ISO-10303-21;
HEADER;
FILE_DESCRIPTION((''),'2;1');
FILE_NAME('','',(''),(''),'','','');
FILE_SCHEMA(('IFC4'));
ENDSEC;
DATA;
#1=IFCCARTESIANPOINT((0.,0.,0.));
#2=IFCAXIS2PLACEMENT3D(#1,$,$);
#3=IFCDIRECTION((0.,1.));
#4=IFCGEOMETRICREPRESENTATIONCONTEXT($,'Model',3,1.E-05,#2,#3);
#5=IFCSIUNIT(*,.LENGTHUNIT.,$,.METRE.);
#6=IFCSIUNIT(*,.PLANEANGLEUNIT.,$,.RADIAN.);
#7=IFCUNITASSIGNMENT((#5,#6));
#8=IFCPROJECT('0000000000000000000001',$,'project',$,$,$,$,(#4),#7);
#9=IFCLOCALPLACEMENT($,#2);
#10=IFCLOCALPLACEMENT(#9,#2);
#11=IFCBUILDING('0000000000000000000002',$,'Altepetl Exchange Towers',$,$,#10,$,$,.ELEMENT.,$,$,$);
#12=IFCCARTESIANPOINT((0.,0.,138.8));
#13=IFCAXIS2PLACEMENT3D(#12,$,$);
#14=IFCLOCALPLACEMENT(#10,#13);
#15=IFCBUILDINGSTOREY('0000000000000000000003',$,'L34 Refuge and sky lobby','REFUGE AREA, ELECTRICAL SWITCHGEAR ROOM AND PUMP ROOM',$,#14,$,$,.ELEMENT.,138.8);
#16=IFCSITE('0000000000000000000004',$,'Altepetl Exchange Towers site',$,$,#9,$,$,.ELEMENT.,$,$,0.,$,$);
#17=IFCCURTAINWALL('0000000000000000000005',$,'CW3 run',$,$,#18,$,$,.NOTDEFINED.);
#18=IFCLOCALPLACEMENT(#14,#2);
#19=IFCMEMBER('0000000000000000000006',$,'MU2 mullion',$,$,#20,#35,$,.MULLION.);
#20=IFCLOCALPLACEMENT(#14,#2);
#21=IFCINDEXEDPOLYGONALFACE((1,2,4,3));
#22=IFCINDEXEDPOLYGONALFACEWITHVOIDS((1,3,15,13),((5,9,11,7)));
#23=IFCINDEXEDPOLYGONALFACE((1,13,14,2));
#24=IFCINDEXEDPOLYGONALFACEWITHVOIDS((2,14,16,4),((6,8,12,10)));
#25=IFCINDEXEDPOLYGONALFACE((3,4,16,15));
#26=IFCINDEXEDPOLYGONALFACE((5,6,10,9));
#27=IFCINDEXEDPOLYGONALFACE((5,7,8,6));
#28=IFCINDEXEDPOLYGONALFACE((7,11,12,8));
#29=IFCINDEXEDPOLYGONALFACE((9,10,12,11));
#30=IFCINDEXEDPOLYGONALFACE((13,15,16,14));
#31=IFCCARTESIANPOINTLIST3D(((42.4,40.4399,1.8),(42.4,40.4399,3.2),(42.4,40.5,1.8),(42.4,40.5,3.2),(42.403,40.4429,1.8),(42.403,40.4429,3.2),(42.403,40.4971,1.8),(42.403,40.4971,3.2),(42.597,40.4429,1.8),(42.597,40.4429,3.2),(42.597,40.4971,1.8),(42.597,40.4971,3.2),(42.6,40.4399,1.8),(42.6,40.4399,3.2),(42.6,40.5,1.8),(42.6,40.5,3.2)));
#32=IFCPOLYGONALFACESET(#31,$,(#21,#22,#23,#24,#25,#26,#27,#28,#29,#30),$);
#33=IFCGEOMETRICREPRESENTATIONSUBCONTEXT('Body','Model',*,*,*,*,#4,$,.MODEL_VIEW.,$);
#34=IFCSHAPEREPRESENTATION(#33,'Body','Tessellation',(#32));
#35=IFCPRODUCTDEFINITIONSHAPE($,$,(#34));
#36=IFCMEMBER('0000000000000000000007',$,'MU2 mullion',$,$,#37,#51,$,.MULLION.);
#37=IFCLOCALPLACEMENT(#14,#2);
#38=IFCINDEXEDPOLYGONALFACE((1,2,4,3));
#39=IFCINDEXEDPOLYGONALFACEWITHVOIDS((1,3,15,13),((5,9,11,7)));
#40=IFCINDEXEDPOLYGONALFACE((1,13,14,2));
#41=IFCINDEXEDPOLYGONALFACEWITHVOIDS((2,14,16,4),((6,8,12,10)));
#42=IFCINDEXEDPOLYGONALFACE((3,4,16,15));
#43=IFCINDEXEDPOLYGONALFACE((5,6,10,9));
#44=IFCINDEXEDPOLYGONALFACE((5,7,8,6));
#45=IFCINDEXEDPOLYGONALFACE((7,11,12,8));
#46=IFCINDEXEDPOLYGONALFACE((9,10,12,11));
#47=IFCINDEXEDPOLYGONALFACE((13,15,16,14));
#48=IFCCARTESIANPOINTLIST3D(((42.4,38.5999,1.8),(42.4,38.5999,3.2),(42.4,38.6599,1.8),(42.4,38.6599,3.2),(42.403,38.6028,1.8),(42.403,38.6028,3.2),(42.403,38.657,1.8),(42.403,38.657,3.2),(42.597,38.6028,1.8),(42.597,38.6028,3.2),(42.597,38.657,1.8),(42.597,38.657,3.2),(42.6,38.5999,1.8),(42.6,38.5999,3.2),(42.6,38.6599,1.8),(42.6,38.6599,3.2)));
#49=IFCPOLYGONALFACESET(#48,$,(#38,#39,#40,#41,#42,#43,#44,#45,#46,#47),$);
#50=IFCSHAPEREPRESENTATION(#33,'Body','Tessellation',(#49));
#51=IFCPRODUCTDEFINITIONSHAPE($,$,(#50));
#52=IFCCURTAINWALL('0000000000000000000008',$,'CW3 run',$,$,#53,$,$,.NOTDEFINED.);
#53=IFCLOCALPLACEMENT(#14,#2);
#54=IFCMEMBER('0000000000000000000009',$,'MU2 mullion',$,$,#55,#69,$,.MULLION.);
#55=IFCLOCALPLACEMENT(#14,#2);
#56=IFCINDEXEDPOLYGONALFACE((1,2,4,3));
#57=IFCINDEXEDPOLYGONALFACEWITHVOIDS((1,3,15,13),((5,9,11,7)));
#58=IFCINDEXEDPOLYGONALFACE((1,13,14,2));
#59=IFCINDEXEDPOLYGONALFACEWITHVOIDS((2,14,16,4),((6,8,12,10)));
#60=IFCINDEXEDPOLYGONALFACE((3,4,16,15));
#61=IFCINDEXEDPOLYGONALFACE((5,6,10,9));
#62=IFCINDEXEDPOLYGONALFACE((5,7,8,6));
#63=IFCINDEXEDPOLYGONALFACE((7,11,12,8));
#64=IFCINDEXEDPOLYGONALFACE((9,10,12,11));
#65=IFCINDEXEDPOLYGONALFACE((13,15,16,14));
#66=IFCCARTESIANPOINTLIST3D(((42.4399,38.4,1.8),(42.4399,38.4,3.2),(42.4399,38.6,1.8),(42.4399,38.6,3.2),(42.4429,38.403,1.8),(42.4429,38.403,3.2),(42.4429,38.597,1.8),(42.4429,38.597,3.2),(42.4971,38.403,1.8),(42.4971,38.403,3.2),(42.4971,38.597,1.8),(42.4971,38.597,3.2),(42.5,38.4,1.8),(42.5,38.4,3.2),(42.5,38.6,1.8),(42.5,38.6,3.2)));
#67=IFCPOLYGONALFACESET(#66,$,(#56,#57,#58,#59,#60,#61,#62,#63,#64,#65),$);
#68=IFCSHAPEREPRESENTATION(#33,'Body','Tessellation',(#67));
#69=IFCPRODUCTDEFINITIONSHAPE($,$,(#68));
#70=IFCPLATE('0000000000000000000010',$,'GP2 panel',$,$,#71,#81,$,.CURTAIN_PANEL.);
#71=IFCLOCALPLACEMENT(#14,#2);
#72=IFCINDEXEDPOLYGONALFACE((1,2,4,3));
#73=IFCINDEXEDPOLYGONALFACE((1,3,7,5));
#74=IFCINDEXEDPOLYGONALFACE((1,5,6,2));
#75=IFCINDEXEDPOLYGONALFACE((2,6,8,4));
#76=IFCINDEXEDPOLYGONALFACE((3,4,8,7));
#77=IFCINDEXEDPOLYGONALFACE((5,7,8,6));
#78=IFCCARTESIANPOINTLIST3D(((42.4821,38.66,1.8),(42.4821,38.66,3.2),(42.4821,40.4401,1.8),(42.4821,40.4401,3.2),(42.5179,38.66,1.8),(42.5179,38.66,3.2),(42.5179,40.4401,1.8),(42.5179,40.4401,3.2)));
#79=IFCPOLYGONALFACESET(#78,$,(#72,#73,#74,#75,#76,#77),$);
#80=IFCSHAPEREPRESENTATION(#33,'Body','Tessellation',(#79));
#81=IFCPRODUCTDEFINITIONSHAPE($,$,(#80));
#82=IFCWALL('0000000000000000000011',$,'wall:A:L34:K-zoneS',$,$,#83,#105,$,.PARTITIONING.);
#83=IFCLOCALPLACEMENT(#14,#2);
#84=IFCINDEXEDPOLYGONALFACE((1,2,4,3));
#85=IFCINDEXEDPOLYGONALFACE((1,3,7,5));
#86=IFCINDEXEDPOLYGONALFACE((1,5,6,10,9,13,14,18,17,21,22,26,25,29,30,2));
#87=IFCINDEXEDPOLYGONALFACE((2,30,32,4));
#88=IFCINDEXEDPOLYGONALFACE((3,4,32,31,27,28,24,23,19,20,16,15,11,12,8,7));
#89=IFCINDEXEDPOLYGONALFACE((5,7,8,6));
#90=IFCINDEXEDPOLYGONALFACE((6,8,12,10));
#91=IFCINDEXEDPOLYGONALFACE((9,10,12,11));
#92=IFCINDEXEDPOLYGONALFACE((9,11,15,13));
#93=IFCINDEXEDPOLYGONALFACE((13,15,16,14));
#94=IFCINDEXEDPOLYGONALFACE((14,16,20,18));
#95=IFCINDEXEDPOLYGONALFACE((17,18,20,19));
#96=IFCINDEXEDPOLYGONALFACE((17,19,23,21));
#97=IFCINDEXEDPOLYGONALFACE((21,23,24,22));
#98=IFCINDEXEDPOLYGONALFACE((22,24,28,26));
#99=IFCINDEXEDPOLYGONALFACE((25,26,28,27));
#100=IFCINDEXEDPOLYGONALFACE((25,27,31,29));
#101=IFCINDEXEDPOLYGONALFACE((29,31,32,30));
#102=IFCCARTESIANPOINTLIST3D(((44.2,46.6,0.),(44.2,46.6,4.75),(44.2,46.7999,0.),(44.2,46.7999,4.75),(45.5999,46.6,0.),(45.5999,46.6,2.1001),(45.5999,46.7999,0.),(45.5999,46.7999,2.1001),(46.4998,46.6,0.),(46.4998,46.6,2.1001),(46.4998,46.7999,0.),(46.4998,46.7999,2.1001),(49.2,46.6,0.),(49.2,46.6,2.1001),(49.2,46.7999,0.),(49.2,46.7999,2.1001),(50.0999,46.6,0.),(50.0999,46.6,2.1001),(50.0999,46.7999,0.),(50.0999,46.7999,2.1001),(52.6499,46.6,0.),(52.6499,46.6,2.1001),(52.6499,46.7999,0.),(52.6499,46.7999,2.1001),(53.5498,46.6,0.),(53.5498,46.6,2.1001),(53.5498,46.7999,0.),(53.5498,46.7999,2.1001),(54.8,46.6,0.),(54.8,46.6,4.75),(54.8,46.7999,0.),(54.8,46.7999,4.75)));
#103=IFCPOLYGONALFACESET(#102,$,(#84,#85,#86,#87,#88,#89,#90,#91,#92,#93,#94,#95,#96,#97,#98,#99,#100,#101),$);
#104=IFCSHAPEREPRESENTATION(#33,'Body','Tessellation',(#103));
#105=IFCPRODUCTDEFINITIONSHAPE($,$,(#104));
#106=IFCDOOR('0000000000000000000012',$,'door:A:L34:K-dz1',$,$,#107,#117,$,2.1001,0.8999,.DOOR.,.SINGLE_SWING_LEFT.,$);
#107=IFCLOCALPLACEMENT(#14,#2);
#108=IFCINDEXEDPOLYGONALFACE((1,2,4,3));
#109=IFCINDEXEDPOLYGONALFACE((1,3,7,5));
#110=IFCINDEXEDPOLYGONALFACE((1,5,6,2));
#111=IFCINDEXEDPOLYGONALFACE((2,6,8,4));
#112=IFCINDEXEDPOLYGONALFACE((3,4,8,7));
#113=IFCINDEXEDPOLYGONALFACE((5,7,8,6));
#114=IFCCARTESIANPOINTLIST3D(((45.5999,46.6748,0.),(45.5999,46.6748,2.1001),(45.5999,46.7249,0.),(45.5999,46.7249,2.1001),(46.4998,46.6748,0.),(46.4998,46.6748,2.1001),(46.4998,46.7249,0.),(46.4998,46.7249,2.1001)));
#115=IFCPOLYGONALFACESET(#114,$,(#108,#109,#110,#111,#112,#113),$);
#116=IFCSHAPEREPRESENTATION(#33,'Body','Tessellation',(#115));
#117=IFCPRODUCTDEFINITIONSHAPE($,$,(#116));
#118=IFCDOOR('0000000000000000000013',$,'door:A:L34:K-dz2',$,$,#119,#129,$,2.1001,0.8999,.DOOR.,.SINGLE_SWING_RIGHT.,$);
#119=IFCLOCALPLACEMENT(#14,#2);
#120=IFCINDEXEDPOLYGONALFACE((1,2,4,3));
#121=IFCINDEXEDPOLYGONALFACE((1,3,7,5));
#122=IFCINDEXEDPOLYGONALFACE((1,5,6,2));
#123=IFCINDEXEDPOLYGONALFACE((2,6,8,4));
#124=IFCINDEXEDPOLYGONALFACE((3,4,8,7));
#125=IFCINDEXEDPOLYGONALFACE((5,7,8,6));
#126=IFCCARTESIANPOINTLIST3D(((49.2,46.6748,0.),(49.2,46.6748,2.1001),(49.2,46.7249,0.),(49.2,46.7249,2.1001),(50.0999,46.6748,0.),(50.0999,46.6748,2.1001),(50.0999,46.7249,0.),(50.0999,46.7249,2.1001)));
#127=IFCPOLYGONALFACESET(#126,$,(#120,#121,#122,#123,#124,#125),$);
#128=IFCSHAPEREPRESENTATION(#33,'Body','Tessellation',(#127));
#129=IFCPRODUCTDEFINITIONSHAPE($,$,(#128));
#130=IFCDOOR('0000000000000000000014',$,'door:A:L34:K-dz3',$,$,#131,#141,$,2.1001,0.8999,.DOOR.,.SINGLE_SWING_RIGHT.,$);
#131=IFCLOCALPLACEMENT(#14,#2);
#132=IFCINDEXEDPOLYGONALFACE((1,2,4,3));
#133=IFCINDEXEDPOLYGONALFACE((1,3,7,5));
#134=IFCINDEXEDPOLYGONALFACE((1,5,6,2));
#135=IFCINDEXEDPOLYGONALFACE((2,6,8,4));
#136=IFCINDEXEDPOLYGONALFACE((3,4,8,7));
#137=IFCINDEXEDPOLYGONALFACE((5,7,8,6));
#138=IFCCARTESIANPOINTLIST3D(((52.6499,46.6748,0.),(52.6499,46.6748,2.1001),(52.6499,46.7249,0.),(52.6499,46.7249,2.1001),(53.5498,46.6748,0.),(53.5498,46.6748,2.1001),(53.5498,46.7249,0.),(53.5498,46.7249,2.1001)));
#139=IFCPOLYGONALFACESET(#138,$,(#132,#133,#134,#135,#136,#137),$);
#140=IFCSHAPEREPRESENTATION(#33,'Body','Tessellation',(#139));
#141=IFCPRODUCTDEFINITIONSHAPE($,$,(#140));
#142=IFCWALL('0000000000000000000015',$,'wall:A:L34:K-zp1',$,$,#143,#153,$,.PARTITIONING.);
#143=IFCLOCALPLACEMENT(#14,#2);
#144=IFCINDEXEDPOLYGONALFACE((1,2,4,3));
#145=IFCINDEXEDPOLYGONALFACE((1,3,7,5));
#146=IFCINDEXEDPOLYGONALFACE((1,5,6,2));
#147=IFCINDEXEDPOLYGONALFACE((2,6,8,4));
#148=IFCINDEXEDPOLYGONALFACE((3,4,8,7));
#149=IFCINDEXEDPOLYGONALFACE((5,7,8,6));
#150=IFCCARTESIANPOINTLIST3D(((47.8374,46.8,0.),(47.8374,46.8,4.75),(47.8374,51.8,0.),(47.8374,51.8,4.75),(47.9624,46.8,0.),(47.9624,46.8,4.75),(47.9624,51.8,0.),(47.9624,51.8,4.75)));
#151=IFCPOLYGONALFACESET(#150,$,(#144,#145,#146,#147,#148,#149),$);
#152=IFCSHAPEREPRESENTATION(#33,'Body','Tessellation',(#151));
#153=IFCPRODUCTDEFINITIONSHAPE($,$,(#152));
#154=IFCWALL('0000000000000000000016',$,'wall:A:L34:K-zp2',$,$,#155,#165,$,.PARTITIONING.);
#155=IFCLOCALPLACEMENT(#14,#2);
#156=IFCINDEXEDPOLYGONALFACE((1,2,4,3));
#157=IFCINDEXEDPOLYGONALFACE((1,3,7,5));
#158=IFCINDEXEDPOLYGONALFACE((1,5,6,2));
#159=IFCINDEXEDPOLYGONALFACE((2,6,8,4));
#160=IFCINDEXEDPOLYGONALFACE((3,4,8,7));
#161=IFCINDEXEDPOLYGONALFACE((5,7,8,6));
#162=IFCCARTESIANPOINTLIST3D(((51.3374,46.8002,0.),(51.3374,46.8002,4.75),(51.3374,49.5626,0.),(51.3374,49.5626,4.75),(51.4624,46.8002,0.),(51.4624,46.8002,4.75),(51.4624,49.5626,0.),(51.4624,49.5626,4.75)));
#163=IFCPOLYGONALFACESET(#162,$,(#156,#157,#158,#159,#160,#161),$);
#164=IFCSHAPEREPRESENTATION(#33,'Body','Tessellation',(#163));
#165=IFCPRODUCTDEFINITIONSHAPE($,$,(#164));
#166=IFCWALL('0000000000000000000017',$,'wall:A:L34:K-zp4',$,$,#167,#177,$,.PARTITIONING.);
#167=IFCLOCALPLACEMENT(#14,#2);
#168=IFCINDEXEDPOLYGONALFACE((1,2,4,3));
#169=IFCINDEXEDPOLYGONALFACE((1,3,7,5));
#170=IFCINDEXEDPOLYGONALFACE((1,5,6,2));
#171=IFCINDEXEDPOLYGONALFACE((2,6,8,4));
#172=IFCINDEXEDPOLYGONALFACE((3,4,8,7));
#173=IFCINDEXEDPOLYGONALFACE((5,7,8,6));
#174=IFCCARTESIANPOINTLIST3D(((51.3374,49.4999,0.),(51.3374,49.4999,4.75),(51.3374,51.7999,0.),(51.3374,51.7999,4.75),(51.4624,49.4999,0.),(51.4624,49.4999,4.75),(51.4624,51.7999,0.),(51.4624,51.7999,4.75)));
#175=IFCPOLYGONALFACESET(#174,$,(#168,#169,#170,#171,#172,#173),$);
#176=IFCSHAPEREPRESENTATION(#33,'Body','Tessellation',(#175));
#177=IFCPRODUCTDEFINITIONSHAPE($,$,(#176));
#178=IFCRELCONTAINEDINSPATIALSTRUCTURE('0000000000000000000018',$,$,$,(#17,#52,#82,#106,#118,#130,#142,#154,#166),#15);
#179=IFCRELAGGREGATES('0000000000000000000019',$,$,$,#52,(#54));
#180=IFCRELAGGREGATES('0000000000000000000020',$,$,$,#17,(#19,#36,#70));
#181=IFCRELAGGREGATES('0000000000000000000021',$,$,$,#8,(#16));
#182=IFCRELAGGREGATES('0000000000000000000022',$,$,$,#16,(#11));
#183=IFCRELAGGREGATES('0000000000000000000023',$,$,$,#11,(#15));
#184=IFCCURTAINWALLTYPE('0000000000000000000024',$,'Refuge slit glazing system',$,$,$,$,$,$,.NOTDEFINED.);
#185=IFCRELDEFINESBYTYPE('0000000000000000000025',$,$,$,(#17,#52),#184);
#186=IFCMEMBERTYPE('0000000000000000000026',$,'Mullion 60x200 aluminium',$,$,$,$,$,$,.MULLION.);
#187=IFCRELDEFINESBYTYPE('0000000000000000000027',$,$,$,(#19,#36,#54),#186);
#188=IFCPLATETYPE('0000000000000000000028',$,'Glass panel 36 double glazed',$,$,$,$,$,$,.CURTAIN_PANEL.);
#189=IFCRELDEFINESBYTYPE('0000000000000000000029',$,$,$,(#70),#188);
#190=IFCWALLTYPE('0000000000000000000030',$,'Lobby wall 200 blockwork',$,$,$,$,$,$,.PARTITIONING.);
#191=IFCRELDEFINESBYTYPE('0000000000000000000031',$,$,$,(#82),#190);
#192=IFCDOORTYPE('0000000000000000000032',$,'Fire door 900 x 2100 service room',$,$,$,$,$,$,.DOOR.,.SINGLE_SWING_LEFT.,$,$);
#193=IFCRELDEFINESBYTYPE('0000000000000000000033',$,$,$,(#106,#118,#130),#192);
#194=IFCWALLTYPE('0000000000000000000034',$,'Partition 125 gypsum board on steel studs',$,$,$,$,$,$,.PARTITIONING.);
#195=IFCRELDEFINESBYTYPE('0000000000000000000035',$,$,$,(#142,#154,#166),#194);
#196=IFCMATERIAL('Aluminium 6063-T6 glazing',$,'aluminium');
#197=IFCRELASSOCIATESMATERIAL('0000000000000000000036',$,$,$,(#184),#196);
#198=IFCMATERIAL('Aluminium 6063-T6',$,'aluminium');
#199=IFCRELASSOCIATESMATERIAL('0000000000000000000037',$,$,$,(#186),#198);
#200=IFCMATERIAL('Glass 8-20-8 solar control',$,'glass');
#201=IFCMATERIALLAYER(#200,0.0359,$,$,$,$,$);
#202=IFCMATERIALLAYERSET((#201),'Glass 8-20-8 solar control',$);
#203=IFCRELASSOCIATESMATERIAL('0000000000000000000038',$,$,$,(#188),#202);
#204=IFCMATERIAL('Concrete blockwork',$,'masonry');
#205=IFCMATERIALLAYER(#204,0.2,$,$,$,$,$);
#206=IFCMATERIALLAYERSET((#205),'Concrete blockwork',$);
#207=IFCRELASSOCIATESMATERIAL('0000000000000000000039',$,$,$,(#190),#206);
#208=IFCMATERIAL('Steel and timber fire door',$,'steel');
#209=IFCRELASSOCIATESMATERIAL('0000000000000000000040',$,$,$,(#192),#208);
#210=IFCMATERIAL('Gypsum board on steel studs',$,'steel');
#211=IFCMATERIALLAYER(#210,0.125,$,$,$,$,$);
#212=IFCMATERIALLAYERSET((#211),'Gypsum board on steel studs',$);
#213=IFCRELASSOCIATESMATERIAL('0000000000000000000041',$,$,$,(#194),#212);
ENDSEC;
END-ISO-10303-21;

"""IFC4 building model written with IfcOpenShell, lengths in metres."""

from ifc_helpers import new_model, si_unit, direction, frame, frame_2d, origin, origin_2d, place, context, subcontext, project, spatial, rectangle, hollow_rectangle, extrude, material, layer, layer_set, material_profile, profile_set, type_object, element, fill, aggregate, save


model = new_model("IFC4")

# Units and contexts
model_context = context("Model", 3, precision=1e-05, world=origin(), true_north=direction((0.0, 1.0)))
body_context = subcontext(model_context, "Body", "Model", "MODEL_VIEW")
ifc_project = project(units=[si_unit("LENGTHUNIT", "METRE"), si_unit("PLANEANGLEUNIT", "RADIAN")], contexts=[model_context])

# Site, building, storey
site_placement = place(None, origin())
site = spatial("IfcSite", under=ifc_project, at=site_placement, Name="Altepetl Exchange Towers site", CompositionType="ELEMENT", RefElevation=0.0)
building_placement = place(site_placement, origin())
building = spatial("IfcBuilding", under=site, at=building_placement, Name="Altepetl Exchange Towers", CompositionType="ELEMENT")
storey_placement = place(building_placement, frame((0.0, 0.0, 138.8)))
storey = spatial("IfcBuildingStorey", under=building, at=storey_placement, Name="L34 Refuge and sky lobby", Description="REFUGE AREA, ELECTRICAL SWITCHGEAR ROOM AND PUMP ROOM", CompositionType="ELEMENT", Elevation=138.8)

# Curtain wall, members
ifc_material_1 = material(Name="Aluminium 6063-T6 glazing", Category="aluminium")
curtain_wall_type = type_object("IfcCurtainWallType", Name="Refuge slit glazing system", PredefinedType="NOTDEFINED", material=ifc_material_1)
curtain_wall_1_placement = place(storey_placement, origin())
curtain_wall_1 = element("IfcCurtainWall", 1, at=curtain_wall_1_placement, inside=storey, type_object=curtain_wall_type, Name="CW3 run", PredefinedType="NOTDEFINED")
ifc_material_2 = material(Name="Aluminium 6063-T6", Category="aluminium")
ifc_material_profile = material_profile(ifc_material_2, hollow_rectangle(XDim=0.0601, YDim=0.2, WallThickness=0.0029, at=origin_2d()), Name="Mullion 60x200 aluminium")
ifc_profile_set = profile_set([ifc_material_profile], Name="Aluminium 6063-T6")
member_type = type_object("IfcMemberType", Name="Mullion 60x200 aluminium", PredefinedType="MULLION", material=ifc_profile_set)
member_1_placement = place(storey_placement, frame((42.5, 40.47, 1.8), z_axis=(0.0, 0.0, 1.0), x_axis=(0.0, -1.0, 0.0)))
member_1 = element("IfcMember", 2, at=member_1_placement, type_object=member_type, Name="MU2 mullion", PredefinedType="MULLION", context=body_context, shape_type="SweptSolid", body=[
    extrude(hollow_rectangle(XDim=0.0601, YDim=0.2, WallThickness=0.0029, at=origin_2d()), origin(), (0.0, 0.0, 1.0), 1.3999),
])
member_2_placement = place(storey_placement, frame((42.5, 38.6299, 1.8), z_axis=(0.0, 0.0, 1.0), x_axis=(0.0, -1.0, 0.0)))
member_2 = element("IfcMember", 3, at=member_2_placement, type_object=member_type, Name="MU2 mullion", PredefinedType="MULLION", context=body_context, shape_type="SweptSolid", body=[
    extrude(hollow_rectangle(XDim=0.0601, YDim=0.2, WallThickness=0.0029, at=origin_2d()), origin(), (0.0, 0.0, 1.0), 1.3999),
])

# Curtain wall, member
curtain_wall_2_placement = place(storey_placement, origin())
curtain_wall_2 = element("IfcCurtainWall", 4, at=curtain_wall_2_placement, inside=storey, type_object=curtain_wall_type, Name="CW3 run", PredefinedType="NOTDEFINED")
member_3_placement = place(storey_placement, frame((42.47, 38.5, 1.8), z_axis=(0.0, 0.0, 1.0), x_axis=(-1.0, 0.0, 0.0)))
member_3 = element("IfcMember", 5, at=member_3_placement, type_object=member_type, Name="MU2 mullion", PredefinedType="MULLION", context=body_context, shape_type="SweptSolid", body=[
    extrude(hollow_rectangle(XDim=0.0601, YDim=0.2, WallThickness=0.0029, at=origin_2d()), origin(), (0.0, 0.0, 1.0), 1.3999),
])
aggregate(curtain_wall_2, [member_3])

# Plate
ifc_material_3 = material(Name="Glass 8-20-8 solar control", Category="glass")
ifc_layer_1 = layer(ifc_material_3, 0.0359)
ifc_layer_set_1 = layer_set([ifc_layer_1], Name="Glass 8-20-8 solar control")
plate_type = type_object("IfcPlateType", Name="Glass panel 36 double glazed", PredefinedType="CURTAIN_PANEL", material=ifc_layer_set_1)
plate_placement = place(storey_placement, frame((42.5, 39.55, 1.8), z_axis=(0.0, 0.0, 1.0), x_axis=(0.0, -1.0, 0.0)))
plate = element("IfcPlate", 6, at=plate_placement, type_object=plate_type, Name="GP2 panel", PredefinedType="CURTAIN_PANEL", context=body_context, shape_type="SweptSolid", body=[
    extrude(rectangle(XDim=1.78, YDim=0.0359, at=origin_2d()), origin(), (0.0, 0.0, 1.0), 1.3999),
])
aggregate(curtain_wall_1, [member_1, member_2, plate])

# Wall, openings, doors
ifc_material_4 = material(Name="Concrete blockwork", Category="masonry")
ifc_layer_2 = layer(ifc_material_4, 0.2)
ifc_layer_set_2 = layer_set([ifc_layer_2], Name="Concrete blockwork")
wall_type_1 = type_object("IfcWallType", Name="Lobby wall 200 blockwork", PredefinedType="PARTITIONING", material=ifc_layer_set_2)
wall_1_placement = place(storey_placement, frame((44.2, 46.7, 0.0)))
wall_1 = element("IfcWall", 7, at=wall_1_placement, inside=storey, type_object=wall_type_1, Name="wall:A:L34:K-zoneS", PredefinedType="PARTITIONING", context=body_context, shape_type="SweptSolid", body=[
    extrude(rectangle(XDim=10.6001, YDim=0.2, at=frame_2d((5.3, 0.0))), origin(), (0.0, 0.0, 1.0), 4.75),
])
opening_1_placement = place(wall_1_placement, frame((1.3999, 0.0, 0.0)))
opening_1 = element("IfcOpeningElement", 8, at=opening_1_placement, cuts=wall_1, PredefinedType="OPENING", context=body_context, shape_type="SweptSolid", body=[
    extrude(rectangle(XDim=0.8999, YDim=2.1001, at=frame_2d((0.45, 1.05))), frame((0.0, 0.1099, 0.0), z_axis=(0.0, -1.0, 0.0), x_axis=(1.0, 0.0, 0.0)), (0.0, 0.0, 1.0), 0.22),
])
opening_2_placement = place(wall_1_placement, frame((5.0, 0.0, 0.0)))
opening_2 = element("IfcOpeningElement", 9, at=opening_2_placement, cuts=wall_1, PredefinedType="OPENING", context=body_context, shape_type="SweptSolid", body=[
    extrude(rectangle(XDim=0.8999, YDim=2.1001, at=frame_2d((0.45, 1.05))), frame((0.0, 0.1099, 0.0), z_axis=(0.0, -1.0, 0.0), x_axis=(1.0, 0.0, 0.0)), (0.0, 0.0, 1.0), 0.22),
])
opening_3_placement = place(wall_1_placement, frame((8.45, 0.0, 0.0)))
opening_3 = element("IfcOpeningElement", 10, at=opening_3_placement, cuts=wall_1, PredefinedType="OPENING", context=body_context, shape_type="SweptSolid", body=[
    extrude(rectangle(XDim=0.8999, YDim=2.1001, at=frame_2d((0.45, 1.05))), frame((0.0, 0.1099, 0.0), z_axis=(0.0, -1.0, 0.0), x_axis=(1.0, 0.0, 0.0)), (0.0, 0.0, 1.0), 0.22),
])
ifc_material_5 = material(Name="Steel and timber fire door", Category="steel")
door_type = type_object("IfcDoorType", Name="Fire door 900 x 2100 service room", OperationType="SINGLE_SWING_LEFT", PredefinedType="DOOR", material=ifc_material_5)
door_1_placement = place(opening_1_placement, origin())
door_1 = element("IfcDoor", 11, at=door_1_placement, inside=storey, type_object=door_type, Name="door:A:L34:K-dz1", OperationType="SINGLE_SWING_LEFT", OverallHeight=2.1001, OverallWidth=0.8999, PredefinedType="DOOR", context=body_context, shape_type="SweptSolid", body=[
    extrude(rectangle(XDim=0.8999, YDim=2.1001, at=frame_2d((0.45, 1.05))), frame((0.0, 0.0249, 0.0), z_axis=(0.0, -1.0, 0.0), x_axis=(1.0, 0.0, 0.0)), (0.0, 0.0, 1.0), 0.05),
])
fill(opening_1, door_1)
door_2_placement = place(opening_2_placement, origin())
door_2 = element("IfcDoor", 12, at=door_2_placement, inside=storey, type_object=door_type, Name="door:A:L34:K-dz2", OperationType="SINGLE_SWING_RIGHT", OverallHeight=2.1001, OverallWidth=0.8999, PredefinedType="DOOR", context=body_context, shape_type="SweptSolid", body=[
    extrude(rectangle(XDim=0.8999, YDim=2.1001, at=frame_2d((0.45, 1.05))), frame((0.0, 0.0249, 0.0), z_axis=(0.0, -1.0, 0.0), x_axis=(1.0, 0.0, 0.0)), (0.0, 0.0, 1.0), 0.05),
])
fill(opening_2, door_2)
door_3_placement = place(opening_3_placement, origin())
door_3 = element("IfcDoor", 13, at=door_3_placement, inside=storey, type_object=door_type, Name="door:A:L34:K-dz3", OperationType="SINGLE_SWING_RIGHT", OverallHeight=2.1001, OverallWidth=0.8999, PredefinedType="DOOR", context=body_context, shape_type="SweptSolid", body=[
    extrude(rectangle(XDim=0.8999, YDim=2.1001, at=frame_2d((0.45, 1.05))), frame((0.0, 0.0249, 0.0), z_axis=(0.0, -1.0, 0.0), x_axis=(1.0, 0.0, 0.0)), (0.0, 0.0, 1.0), 0.05),
])
fill(opening_3, door_3)

# Walls
ifc_material_6 = material(Name="Gypsum board on steel studs", Category="steel")
ifc_layer_3 = layer(ifc_material_6, 0.125)
ifc_layer_set_3 = layer_set([ifc_layer_3], Name="Gypsum board on steel studs")
wall_type_2 = type_object("IfcWallType", Name="Partition 125 gypsum board on steel studs", PredefinedType="PARTITIONING", material=ifc_layer_set_3)
wall_2_placement = place(storey_placement, frame((47.8999, 46.8, 0.0), z_axis=(0.0, 0.0, 1.0), x_axis=(0.0, 1.0, 0.0)))
element("IfcWall", 14, at=wall_2_placement, inside=storey, type_object=wall_type_2, Name="wall:A:L34:K-zp1", PredefinedType="PARTITIONING", context=body_context, shape_type="SweptSolid", body=[
    extrude(rectangle(XDim=5.0, YDim=0.125, at=frame_2d((2.5, 0.0))), origin(), (0.0, 0.0, 1.0), 4.75),
])
wall_3_placement = place(storey_placement, frame((51.3999, 46.8, 0.0), z_axis=(0.0, 0.0, 1.0), x_axis=(0.0, 1.0, 0.0)))
element("IfcWall", 15, at=wall_3_placement, inside=storey, type_object=wall_type_2, Name="wall:A:L34:K-zp2", PredefinedType="PARTITIONING", context=body_context, shape_type="SweptSolid", body=[
    extrude(rectangle(XDim=2.7625, YDim=0.125, at=frame_2d((1.3813, 0.0))), origin(), (0.0, 0.0, 1.0), 4.75),
])
wall_4_placement = place(storey_placement, frame((51.3999, 49.5, 0.0), z_axis=(0.0, 0.0, 1.0), x_axis=(0.0, 1.0, 0.0)))
element("IfcWall", 16, at=wall_4_placement, inside=storey, type_object=wall_type_2, Name="wall:A:L34:K-zp4", PredefinedType="PARTITIONING", context=body_context, shape_type="SweptSolid", body=[
    extrude(rectangle(XDim=2.3, YDim=0.125, at=frame_2d((1.1499, 0.0))), origin(), (0.0, 0.0, 1.0), 4.75),
])

save(model, "model.ifc")
